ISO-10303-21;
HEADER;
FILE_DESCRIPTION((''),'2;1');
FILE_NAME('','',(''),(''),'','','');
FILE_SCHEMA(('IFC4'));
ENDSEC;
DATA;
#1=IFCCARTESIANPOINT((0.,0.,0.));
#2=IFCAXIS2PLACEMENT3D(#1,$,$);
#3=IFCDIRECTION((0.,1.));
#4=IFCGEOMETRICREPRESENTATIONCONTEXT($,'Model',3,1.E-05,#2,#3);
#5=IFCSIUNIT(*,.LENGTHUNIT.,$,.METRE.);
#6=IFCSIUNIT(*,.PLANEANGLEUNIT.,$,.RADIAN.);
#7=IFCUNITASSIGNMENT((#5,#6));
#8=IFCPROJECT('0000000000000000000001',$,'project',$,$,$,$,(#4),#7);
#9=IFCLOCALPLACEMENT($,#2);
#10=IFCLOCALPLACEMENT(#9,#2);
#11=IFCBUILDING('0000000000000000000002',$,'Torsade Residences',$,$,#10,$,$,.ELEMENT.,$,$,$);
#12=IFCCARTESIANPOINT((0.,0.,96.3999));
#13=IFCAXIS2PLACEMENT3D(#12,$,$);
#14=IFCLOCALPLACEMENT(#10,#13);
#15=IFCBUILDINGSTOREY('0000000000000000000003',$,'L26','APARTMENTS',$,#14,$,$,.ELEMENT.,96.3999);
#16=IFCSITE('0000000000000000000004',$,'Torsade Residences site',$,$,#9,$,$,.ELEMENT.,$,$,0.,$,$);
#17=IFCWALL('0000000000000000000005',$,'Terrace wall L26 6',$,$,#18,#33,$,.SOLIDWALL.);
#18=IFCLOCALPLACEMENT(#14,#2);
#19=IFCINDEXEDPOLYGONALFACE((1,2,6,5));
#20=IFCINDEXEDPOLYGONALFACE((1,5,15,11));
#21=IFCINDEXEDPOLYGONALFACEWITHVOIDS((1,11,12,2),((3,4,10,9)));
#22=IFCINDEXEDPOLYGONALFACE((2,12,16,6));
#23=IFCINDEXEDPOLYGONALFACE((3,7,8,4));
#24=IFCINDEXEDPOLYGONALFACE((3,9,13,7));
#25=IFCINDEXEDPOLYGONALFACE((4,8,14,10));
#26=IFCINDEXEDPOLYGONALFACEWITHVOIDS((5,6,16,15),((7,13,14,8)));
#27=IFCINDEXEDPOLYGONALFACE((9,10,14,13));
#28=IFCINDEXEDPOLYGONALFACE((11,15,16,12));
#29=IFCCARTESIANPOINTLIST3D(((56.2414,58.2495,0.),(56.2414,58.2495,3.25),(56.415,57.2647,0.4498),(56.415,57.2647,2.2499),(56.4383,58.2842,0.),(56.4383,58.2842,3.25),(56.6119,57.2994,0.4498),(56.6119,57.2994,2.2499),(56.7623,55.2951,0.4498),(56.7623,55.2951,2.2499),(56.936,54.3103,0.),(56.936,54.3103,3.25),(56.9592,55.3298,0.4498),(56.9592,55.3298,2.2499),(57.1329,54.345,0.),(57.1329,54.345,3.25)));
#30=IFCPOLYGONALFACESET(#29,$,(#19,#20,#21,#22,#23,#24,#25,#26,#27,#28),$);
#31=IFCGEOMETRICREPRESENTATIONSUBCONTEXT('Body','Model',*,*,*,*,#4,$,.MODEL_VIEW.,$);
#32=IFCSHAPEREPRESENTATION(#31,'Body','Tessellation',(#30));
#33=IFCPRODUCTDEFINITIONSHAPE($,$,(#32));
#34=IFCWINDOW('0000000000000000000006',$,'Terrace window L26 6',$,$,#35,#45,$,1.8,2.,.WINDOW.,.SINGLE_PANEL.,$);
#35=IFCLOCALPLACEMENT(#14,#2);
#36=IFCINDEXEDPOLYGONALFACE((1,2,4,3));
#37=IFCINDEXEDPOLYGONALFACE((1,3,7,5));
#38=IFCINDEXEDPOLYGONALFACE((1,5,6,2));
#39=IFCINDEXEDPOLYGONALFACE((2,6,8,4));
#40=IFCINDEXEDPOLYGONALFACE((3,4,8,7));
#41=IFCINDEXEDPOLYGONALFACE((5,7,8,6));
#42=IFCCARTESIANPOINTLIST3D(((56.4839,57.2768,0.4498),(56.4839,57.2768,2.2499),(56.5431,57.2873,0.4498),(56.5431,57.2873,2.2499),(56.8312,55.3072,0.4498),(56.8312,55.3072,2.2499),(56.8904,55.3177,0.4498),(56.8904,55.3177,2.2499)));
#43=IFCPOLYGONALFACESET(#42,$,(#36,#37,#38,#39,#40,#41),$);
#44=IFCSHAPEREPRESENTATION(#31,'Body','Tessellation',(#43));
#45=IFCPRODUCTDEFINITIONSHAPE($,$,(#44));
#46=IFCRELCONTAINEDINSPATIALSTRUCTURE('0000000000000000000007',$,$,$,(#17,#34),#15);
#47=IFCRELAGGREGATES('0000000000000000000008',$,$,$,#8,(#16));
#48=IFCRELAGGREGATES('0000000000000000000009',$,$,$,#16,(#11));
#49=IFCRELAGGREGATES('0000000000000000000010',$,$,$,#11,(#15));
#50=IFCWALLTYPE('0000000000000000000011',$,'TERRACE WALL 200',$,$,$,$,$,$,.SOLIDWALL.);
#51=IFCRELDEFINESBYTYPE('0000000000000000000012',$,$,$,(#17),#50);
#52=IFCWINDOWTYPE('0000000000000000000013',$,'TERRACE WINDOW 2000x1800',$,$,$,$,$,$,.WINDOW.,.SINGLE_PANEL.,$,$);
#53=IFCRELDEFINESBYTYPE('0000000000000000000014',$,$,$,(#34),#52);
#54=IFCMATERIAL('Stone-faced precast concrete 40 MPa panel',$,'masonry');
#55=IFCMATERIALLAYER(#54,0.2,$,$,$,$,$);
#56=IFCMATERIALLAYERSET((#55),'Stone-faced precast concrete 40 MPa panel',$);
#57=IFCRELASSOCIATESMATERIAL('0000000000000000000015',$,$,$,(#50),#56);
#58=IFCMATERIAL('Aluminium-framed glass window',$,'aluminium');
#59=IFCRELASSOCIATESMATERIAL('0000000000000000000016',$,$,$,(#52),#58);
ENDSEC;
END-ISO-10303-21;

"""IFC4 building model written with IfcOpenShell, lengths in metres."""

from ifc_helpers import new_model, si_unit, direction, frame, frame_2d, origin, place, context, subcontext, project, spatial, rectangle, extrude, material, layer, layer_set, type_object, element, fill, save


model = new_model("IFC4")

# Units and contexts
model_context = context("Model", 3, precision=1e-05, world=origin(), true_north=direction((0.0, 1.0)))
body_context = subcontext(model_context, "Body", "Model", "MODEL_VIEW")
ifc_project = project(units=[si_unit("LENGTHUNIT", "METRE"), si_unit("PLANEANGLEUNIT", "RADIAN")], contexts=[model_context])

# Site, building, storey
site_placement = place(None, origin())
site = spatial("IfcSite", under=ifc_project, at=site_placement, Name="Torsade Residences site", CompositionType="ELEMENT", RefElevation=0.0)
building_placement = place(site_placement, origin())
building = spatial("IfcBuilding", under=site, at=building_placement, Name="Torsade Residences", CompositionType="ELEMENT")
storey_placement = place(building_placement, frame((0.0, 0.0, 96.3999)))
storey = spatial("IfcBuildingStorey", under=building, at=storey_placement, Name="L26", Description="APARTMENTS", CompositionType="ELEMENT", Elevation=96.3999)

# Shared definitions
ifc_material_1 = material(Name="Stone-faced precast concrete 40 MPa panel", Category="masonry")
ifc_layer_1 = layer(ifc_material_1, 0.2)
ifc_layer_set_1 = layer_set([ifc_layer_1], Name="Stone-faced precast concrete 40 MPa panel")
wall_type = type_object("IfcWallType", Name="TERRACE WALL 200", PredefinedType="SOLIDWALL", material=ifc_layer_set_1)

# Wall, opening, window
wall_1_placement = place(storey_placement, frame((57.0344, 54.3276, 0.0), z_axis=(0.0, 0.0, 1.0), x_axis=(-0.173646, 0.984808, 0.0)))
wall_1 = element("IfcWall", 1, at=wall_1_placement, inside=storey, type_object=wall_type, Name="Terrace wall L26 6", PredefinedType="SOLIDWALL", context=body_context, shape_type="SweptSolid", body=[
    extrude(rectangle(XDim=4.0, YDim=0.2, at=frame_2d((2.0, 0.0))), origin(), (0.0, 0.0, 1.0), 3.25),
])
opening_1_placement = place(wall_1_placement, frame((1.0, 0.0, 0.45)))
opening_1 = element("IfcOpeningElement", 2, at=opening_1_placement, cuts=wall_1, PredefinedType="OPENING", context=body_context, shape_type="SweptSolid", body=[
    extrude(rectangle(XDim=2.0, YDim=1.8, at=frame_2d((1.0, 0.8999))), frame((0.0, 0.1099, 0.0), z_axis=(0.0, -1.0, 0.0), x_axis=(1.0, 0.0, 0.0)), (0.0, 0.0, 1.0), 0.22),
])
ifc_material_2 = material(Name="Aluminium-framed glass window", Category="aluminium")
window_type = type_object("IfcWindowType", Name="TERRACE WINDOW 2000x1800", PartitioningType="SINGLE_PANEL", PredefinedType="WINDOW", material=ifc_material_2)
window_placement = place(opening_1_placement, origin())
window = element("IfcWindow", 3, at=window_placement, inside=storey, type_object=window_type, Name="Terrace window L26 6", OverallHeight=1.8, OverallWidth=2.0, PartitioningType="SINGLE_PANEL", PredefinedType="WINDOW", context=body_context, shape_type="SweptSolid", body=[
    extrude(rectangle(XDim=2.0, YDim=1.8, at=frame_2d((1.0, 0.8999))), frame((0.0, 0.03, 0.0), z_axis=(0.0, -1.0, 0.0), x_axis=(1.0, 0.0, 0.0)), (0.0, 0.0, 1.0), 0.0601),
])
fill(opening_1, window)

save(model, "model.ifc")
